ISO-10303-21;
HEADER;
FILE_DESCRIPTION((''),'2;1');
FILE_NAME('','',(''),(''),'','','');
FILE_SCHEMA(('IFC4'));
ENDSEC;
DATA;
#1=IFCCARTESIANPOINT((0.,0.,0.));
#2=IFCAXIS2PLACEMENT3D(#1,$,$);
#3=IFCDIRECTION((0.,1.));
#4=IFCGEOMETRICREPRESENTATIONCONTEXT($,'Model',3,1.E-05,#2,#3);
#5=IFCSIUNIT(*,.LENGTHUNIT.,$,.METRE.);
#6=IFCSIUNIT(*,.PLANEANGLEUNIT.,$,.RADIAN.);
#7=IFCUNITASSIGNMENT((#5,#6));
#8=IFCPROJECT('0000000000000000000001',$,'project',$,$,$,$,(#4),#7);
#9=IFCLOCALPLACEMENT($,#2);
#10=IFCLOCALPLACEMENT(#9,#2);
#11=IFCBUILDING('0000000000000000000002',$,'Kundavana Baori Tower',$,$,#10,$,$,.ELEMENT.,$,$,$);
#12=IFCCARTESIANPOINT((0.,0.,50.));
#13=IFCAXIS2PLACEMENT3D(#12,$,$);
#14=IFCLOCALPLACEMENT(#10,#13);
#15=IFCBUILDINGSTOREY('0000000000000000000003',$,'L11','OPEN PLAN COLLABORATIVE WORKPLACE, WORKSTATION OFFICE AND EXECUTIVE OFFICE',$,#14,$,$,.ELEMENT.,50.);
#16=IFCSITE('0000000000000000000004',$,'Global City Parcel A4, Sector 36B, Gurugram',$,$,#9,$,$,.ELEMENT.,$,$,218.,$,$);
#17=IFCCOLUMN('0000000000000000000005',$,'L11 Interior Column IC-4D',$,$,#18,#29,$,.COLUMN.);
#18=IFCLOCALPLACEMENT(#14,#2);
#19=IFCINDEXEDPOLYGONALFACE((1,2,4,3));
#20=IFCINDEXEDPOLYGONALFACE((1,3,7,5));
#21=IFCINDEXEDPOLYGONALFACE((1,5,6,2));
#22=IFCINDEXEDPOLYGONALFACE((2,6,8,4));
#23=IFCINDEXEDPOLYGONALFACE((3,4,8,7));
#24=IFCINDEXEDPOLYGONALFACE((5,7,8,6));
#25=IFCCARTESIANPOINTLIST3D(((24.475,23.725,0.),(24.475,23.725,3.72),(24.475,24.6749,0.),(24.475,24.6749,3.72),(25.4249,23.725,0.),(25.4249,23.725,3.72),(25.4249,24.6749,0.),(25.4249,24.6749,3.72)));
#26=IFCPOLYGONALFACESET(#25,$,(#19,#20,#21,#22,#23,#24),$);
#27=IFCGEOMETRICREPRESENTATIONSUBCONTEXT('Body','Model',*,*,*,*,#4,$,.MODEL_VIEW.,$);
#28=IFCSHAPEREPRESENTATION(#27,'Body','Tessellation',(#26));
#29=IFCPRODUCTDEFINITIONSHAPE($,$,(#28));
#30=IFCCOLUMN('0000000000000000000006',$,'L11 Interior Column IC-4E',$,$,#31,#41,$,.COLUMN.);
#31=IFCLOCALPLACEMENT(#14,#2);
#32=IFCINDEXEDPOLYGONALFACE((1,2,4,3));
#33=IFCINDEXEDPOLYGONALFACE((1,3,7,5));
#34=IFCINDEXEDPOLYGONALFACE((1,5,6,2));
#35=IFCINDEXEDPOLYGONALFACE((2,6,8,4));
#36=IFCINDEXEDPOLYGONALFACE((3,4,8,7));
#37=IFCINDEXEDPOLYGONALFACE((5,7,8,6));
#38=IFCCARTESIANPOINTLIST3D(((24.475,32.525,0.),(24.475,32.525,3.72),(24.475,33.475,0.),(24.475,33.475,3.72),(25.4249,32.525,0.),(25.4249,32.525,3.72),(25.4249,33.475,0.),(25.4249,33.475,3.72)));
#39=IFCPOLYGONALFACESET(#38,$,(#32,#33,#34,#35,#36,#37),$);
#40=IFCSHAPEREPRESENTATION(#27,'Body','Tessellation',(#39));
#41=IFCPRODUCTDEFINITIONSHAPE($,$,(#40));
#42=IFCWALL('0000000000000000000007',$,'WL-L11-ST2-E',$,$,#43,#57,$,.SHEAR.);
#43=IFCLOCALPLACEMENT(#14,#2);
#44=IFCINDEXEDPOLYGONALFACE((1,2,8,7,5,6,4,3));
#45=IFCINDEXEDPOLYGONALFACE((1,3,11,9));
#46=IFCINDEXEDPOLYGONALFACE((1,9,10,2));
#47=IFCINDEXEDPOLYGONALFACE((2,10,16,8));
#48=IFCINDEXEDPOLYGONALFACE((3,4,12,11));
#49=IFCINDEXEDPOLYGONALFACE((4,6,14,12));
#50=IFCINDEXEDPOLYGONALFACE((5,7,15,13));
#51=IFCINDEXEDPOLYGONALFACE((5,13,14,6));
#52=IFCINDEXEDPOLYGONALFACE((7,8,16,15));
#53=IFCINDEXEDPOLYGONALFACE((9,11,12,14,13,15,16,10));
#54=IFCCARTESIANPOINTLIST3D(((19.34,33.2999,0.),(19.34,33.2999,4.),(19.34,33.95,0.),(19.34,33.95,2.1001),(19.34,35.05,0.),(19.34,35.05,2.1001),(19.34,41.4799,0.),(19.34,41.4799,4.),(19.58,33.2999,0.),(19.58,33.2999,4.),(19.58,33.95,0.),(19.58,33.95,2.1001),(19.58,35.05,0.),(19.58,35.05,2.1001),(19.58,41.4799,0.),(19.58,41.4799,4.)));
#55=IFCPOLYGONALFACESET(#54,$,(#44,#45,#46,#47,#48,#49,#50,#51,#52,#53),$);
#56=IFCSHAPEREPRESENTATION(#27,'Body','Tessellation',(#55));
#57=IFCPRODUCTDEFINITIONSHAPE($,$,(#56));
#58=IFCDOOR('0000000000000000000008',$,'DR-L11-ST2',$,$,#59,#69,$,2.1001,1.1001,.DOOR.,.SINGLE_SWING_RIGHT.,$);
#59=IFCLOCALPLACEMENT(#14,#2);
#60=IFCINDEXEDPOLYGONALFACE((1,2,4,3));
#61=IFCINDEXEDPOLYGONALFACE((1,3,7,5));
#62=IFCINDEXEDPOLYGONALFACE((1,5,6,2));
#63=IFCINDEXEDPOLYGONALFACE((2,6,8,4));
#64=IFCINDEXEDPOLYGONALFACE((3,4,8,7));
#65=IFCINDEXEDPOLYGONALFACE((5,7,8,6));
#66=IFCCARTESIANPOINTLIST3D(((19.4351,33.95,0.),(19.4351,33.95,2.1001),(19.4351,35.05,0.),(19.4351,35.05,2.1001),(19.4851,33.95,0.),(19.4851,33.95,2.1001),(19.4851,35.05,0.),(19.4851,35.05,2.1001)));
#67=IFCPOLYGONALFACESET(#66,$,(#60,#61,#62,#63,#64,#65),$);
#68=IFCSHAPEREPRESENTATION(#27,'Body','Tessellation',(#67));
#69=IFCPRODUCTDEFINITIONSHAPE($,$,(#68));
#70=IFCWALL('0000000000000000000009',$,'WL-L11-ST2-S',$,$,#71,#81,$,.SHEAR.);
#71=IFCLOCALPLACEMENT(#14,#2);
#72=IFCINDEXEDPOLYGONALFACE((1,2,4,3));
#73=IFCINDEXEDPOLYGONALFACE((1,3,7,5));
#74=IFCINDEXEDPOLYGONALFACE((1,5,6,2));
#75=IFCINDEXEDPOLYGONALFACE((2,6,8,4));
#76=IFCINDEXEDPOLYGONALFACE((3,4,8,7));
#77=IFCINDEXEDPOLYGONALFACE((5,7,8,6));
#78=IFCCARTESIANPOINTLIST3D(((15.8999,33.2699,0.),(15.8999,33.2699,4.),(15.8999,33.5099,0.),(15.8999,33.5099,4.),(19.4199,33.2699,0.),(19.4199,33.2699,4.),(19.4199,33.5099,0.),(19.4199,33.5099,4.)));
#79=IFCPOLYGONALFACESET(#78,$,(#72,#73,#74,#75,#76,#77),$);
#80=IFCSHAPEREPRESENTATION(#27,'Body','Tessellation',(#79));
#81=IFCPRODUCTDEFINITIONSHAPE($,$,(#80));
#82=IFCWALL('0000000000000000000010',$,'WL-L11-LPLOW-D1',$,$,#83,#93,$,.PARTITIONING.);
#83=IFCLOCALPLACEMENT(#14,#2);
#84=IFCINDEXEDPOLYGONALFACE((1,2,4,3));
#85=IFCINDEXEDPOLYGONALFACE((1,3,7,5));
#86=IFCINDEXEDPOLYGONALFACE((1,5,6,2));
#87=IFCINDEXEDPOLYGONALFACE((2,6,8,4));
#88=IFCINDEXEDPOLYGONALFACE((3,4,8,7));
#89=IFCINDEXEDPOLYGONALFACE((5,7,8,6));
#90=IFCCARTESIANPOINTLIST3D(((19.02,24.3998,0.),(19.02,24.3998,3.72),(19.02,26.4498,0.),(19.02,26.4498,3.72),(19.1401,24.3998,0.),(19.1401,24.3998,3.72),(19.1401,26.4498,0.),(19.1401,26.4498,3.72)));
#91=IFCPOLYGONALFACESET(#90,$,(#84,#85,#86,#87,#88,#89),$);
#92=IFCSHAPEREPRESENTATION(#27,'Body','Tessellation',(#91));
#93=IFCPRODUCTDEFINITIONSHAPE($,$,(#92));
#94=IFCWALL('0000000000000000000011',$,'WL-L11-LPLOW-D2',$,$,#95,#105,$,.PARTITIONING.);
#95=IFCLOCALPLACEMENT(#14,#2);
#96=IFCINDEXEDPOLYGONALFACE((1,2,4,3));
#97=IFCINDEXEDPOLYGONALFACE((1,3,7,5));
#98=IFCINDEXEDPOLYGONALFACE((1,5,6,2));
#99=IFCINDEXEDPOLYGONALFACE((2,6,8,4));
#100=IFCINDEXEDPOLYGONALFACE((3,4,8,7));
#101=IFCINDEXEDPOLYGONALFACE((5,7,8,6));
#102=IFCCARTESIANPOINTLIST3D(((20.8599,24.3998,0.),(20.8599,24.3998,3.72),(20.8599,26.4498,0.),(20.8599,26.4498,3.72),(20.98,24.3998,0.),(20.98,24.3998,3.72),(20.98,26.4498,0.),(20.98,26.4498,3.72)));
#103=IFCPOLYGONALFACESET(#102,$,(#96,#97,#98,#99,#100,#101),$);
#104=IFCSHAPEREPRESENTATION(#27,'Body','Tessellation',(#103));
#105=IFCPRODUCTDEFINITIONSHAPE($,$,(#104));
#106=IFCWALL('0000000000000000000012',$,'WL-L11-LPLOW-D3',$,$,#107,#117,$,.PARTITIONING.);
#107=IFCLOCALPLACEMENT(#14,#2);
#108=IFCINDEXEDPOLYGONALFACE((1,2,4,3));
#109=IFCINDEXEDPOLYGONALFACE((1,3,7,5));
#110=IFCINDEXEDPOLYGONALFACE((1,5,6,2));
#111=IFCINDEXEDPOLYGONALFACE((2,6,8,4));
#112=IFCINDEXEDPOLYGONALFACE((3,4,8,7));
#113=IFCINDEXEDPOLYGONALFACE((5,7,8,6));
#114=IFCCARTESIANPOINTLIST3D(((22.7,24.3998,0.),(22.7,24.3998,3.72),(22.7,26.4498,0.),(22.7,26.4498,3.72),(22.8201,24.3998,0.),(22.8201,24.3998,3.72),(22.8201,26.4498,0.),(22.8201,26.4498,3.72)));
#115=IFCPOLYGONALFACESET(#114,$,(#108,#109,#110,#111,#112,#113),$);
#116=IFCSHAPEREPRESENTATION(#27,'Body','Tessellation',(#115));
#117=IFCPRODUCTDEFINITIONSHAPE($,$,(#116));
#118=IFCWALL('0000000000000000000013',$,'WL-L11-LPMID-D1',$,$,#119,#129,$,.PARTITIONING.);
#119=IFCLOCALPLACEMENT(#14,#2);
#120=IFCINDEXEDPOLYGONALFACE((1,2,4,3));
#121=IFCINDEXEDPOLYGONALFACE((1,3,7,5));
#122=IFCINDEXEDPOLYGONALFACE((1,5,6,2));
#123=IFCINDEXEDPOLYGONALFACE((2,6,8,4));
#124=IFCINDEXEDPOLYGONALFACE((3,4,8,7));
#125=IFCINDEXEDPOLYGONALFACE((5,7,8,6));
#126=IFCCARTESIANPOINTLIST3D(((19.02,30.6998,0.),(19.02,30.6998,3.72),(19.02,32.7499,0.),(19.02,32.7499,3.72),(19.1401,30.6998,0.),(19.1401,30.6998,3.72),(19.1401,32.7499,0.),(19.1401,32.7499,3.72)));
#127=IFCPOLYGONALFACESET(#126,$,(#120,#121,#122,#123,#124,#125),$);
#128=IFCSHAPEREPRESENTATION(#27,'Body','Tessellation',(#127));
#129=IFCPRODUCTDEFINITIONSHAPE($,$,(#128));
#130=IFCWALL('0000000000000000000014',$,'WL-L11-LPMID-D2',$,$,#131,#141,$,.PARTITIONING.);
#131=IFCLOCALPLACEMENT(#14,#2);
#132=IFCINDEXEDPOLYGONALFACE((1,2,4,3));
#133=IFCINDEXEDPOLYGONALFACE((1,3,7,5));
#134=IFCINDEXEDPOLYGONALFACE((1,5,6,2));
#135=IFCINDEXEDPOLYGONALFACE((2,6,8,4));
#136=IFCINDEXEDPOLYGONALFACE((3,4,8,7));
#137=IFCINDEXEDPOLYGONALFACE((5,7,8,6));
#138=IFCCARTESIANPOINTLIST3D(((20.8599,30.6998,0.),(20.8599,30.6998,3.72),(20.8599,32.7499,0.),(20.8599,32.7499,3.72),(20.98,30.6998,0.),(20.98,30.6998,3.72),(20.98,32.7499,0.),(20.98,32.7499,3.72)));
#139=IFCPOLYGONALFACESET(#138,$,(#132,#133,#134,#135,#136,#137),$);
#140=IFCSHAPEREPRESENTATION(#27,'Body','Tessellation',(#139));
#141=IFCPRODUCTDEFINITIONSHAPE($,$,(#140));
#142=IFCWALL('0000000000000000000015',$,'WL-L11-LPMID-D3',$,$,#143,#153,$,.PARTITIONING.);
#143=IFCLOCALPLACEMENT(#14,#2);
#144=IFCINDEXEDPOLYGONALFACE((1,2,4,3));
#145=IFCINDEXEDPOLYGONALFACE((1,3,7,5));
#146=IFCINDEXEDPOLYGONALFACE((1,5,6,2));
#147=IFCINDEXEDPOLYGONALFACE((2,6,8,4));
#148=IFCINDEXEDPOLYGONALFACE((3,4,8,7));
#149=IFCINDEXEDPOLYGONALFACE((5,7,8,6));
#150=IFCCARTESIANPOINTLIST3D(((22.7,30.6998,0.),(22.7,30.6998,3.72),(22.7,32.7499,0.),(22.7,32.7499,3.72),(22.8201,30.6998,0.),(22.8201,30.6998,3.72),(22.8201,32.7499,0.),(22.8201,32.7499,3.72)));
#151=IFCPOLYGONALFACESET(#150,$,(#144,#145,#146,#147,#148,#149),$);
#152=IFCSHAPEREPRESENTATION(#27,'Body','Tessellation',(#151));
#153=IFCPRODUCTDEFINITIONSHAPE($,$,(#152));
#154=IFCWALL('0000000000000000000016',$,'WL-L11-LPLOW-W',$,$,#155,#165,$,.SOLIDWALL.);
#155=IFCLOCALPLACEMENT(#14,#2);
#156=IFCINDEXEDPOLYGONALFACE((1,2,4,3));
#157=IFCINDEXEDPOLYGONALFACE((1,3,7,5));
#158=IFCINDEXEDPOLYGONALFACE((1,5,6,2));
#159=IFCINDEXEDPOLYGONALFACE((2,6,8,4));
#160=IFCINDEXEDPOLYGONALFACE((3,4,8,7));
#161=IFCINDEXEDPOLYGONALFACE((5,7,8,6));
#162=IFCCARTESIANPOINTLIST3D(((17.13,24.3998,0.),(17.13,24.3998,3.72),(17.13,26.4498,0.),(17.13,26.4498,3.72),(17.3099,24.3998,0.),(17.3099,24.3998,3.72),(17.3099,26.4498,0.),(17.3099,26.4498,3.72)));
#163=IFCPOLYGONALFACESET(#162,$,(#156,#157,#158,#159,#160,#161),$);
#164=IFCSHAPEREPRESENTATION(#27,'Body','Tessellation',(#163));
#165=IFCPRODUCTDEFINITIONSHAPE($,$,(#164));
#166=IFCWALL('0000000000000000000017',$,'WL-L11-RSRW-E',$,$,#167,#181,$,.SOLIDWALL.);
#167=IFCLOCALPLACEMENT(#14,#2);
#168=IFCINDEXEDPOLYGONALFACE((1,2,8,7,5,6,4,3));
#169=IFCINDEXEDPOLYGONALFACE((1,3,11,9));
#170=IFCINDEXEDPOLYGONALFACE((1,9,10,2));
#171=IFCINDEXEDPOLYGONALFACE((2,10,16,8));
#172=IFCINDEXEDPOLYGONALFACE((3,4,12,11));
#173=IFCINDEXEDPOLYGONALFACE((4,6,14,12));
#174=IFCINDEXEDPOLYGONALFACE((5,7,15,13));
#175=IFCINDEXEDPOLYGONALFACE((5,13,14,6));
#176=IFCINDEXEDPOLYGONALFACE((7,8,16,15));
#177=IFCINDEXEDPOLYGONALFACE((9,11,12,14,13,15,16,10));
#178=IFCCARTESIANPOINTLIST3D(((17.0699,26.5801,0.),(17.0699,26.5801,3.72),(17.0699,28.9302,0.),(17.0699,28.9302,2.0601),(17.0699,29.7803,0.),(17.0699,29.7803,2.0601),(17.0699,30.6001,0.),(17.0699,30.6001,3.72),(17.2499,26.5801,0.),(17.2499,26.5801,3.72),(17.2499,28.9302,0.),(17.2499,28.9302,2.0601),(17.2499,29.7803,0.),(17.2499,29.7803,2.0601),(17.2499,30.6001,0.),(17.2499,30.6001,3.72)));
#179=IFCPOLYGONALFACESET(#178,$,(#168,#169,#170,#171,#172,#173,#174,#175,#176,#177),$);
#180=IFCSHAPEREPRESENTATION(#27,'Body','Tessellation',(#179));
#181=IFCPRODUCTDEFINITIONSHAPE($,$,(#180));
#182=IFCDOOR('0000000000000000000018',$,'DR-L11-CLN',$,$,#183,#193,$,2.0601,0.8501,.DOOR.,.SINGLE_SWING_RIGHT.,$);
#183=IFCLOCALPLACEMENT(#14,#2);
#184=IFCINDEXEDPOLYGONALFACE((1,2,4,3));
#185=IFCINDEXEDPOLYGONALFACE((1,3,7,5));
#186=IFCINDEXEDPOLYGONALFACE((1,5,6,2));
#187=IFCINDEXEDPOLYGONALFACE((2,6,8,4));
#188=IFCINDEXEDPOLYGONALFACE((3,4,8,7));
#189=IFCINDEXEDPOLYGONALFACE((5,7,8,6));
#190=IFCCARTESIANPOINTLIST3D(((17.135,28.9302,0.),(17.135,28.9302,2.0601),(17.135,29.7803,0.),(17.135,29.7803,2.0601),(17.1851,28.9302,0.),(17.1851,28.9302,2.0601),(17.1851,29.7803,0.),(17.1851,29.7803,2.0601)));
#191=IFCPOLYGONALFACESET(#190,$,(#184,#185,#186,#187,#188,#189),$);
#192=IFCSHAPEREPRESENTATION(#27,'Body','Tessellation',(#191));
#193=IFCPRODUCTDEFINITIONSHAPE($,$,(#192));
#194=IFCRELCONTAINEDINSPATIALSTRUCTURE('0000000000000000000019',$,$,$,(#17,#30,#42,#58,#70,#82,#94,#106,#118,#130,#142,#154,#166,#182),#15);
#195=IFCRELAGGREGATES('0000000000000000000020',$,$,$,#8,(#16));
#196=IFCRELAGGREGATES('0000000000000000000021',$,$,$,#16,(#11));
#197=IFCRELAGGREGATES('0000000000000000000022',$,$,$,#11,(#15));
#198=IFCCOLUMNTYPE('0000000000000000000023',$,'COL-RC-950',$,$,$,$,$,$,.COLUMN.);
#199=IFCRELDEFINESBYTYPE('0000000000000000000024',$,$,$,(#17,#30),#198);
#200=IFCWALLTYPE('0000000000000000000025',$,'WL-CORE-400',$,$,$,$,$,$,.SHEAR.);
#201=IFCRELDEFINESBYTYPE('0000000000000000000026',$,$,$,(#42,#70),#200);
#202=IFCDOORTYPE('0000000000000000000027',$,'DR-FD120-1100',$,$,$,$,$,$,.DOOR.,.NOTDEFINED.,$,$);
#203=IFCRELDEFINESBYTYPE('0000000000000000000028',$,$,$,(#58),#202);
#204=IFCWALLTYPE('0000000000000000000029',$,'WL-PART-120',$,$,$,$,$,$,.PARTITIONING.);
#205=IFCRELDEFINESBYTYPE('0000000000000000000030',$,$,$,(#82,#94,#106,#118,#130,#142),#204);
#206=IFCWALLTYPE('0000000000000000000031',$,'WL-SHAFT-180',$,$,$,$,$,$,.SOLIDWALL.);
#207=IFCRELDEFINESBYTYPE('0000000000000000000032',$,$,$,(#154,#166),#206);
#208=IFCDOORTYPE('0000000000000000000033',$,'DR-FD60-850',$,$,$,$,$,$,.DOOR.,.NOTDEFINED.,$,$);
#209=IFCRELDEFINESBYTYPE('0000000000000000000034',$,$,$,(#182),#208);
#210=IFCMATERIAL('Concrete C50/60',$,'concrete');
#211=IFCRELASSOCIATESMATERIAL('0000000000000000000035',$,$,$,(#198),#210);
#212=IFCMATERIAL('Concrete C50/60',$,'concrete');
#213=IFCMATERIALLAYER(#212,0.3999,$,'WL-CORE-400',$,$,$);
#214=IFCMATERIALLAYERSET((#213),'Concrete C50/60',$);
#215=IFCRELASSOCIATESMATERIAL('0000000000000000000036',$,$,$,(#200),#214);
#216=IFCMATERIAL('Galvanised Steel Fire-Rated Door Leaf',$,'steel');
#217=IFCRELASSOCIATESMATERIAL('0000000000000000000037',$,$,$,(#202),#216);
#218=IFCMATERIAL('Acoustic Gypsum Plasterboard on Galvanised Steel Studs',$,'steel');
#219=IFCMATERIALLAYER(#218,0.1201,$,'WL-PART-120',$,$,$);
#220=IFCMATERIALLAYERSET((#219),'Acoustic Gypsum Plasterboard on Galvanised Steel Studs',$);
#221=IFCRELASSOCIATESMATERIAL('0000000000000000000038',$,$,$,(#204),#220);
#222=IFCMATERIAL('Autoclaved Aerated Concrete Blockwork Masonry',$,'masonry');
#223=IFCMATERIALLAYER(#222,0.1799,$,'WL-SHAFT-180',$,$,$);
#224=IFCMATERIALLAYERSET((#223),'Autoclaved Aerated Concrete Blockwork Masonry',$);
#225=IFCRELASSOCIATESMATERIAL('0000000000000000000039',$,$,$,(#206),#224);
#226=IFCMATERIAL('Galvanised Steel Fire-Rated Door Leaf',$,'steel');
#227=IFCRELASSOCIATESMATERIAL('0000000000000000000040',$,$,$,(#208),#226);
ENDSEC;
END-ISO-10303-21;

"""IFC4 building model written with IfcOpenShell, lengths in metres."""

from ifc_helpers import new_model, si_unit, direction, frame, frame_2d, origin, origin_2d, place, context, subcontext, project, spatial, rectangle, extrude, material, layer, layer_set, material_profile, profile_set, type_object, element, fill, save


model = new_model("IFC4")

# Units and contexts
model_context = context("Model", 3, precision=1e-05, world=origin(), true_north=direction((0.0, 1.0)))
body_context = subcontext(model_context, "Body", "Model", "MODEL_VIEW")
ifc_project = project(units=[si_unit("LENGTHUNIT", "METRE"), si_unit("PLANEANGLEUNIT", "RADIAN")], contexts=[model_context])

# Site, building, storey
site_placement = place(None, origin())
site = spatial("IfcSite", under=ifc_project, at=site_placement, Name="Global City Parcel A4, Sector 36B, Gurugram", CompositionType="ELEMENT", RefElevation=218.0)
building_placement = place(site_placement, origin())
building = spatial("IfcBuilding", under=site, at=building_placement, Name="Kundavana Baori Tower", CompositionType="ELEMENT")
storey_placement = place(building_placement, frame((0.0, 0.0, 50.0)))
storey = spatial("IfcBuildingStorey", under=building, at=storey_placement, Name="L11", Description="OPEN PLAN COLLABORATIVE WORKPLACE, WORKSTATION OFFICE AND EXECUTIVE OFFICE", CompositionType="ELEMENT", Elevation=50.0)

# Columns
ifc_material_1 = material(Name="Concrete C50/60", Category="concrete")
ifc_material_profile = material_profile(ifc_material_1, rectangle(XDim=0.95, YDim=0.95, at=origin_2d()), Name="RC 950x950")
ifc_profile_set = profile_set([ifc_material_profile], Name="Concrete C50/60")
column_type = type_object("IfcColumnType", Name="COL-RC-950", PredefinedType="COLUMN", material=ifc_profile_set)
for number, where, z_axis, x_axis, name in (
    (1, (24.95, 24.2, 0.0), (0.0, 0.0, 1.0), (1.0, 0.0, 0.0), "L11 Interior Column IC-4D"),
    (2, (24.95, 33.0, 0.0), (0.0, 0.0, 1.0), (1.0, 0.0, 0.0), "L11 Interior Column IC-4E"),
):
    element("IfcColumn", number, at=place(storey_placement, frame(where, z_axis=z_axis, x_axis=x_axis)), inside=storey, type_object=column_type, Name=name, PredefinedType="COLUMN", context=body_context, shape_type="SweptSolid", body=[
        extrude(rectangle(XDim=0.95, YDim=0.95, at=origin_2d()), origin(), (0.0, 0.0, 1.0), 3.72),
    ])

# Wall, opening, door
ifc_material_2 = material(Name="Concrete C50/60", Category="concrete")
ifc_layer_1 = layer(ifc_material_2, 0.3999, Name="WL-CORE-400")
ifc_layer_set_1 = layer_set([ifc_layer_1], Name="Concrete C50/60")
wall_type_1 = type_object("IfcWallType", Name="WL-CORE-400", PredefinedType="SHEAR", material=ifc_layer_set_1)
wall_1_placement = place(storey_placement, frame((19.46, 33.3, 0.0), z_axis=(0.0, 0.0, 1.0), x_axis=(0.0, 1.0, 0.0)))
wall_1 = element("IfcWall", 3, at=wall_1_placement, inside=storey, type_object=wall_type_1, Name="WL-L11-ST2-E", PredefinedType="SHEAR", context=body_context, shape_type="SweptSolid", body=[
    extrude(rectangle(XDim=8.1799, YDim=0.24, at=frame_2d((4.0898, 0.0))), origin(), (0.0, 0.0, 1.0), 4.0),
])
opening_1_placement = place(wall_1_placement, frame((0.6499, 0.0, 0.0)))
opening_1 = element("IfcOpeningElement", 4, at=opening_1_placement, cuts=wall_1, PredefinedType="OPENING", context=body_context, shape_type="SweptSolid", body=[
    extrude(rectangle(XDim=1.1001, YDim=2.1001, at=frame_2d((0.55, 1.05))), frame((0.0, 0.1299, 0.0), z_axis=(0.0, -1.0, 0.0), x_axis=(1.0, 0.0, 0.0)), (0.0, 0.0, 1.0), 0.26),
])
ifc_material_3 = material(Name="Galvanised Steel Fire-Rated Door Leaf", Category="steel")
door_type_1 = type_object("IfcDoorType", Name="DR-FD120-1100", OperationType="NOTDEFINED", PredefinedType="DOOR", material=ifc_material_3)
door_1_placement = place(opening_1_placement, origin())
door_1 = element("IfcDoor", 5, at=door_1_placement, inside=storey, type_object=door_type_1, Name="DR-L11-ST2", OperationType="SINGLE_SWING_RIGHT", OverallHeight=2.1001, OverallWidth=1.1001, PredefinedType="DOOR", context=body_context, shape_type="SweptSolid", body=[
    extrude(rectangle(XDim=1.1001, YDim=2.1001, at=frame_2d((0.55, 1.05))), frame((0.0, 0.0249, 0.0), z_axis=(0.0, -1.0, 0.0), x_axis=(1.0, 0.0, 0.0)), (0.0, 0.0, 1.0), 0.05),
])
fill(opening_1, door_1)

# Walls
wall_2_placement = place(storey_placement, frame((15.8999, 33.3899, 0.0), z_axis=(0.0, 0.0, 1.0), x_axis=(1.0, 0.0, 0.0)))
element("IfcWall", 6, at=wall_2_placement, inside=storey, type_object=wall_type_1, Name="WL-L11-ST2-S", PredefinedType="SHEAR", context=body_context, shape_type="SweptSolid", body=[
    extrude(rectangle(XDim=3.52, YDim=0.24, at=frame_2d((1.76, 0.0))), origin(), (0.0, 0.0, 1.0), 4.0),
])
ifc_material_4 = material(Name="Acoustic Gypsum Plasterboard on Galvanised Steel Studs", Category="steel")
ifc_layer_2 = layer(ifc_material_4, 0.1201, Name="WL-PART-120")
ifc_layer_set_2 = layer_set([ifc_layer_2], Name="Acoustic Gypsum Plasterboard on Galvanised Steel Studs")
wall_type_2 = type_object("IfcWallType", Name="WL-PART-120", PredefinedType="PARTITIONING", material=ifc_layer_set_2)
for number, where, z_axis, x_axis, name in (
    (7, (19.0801, 24.3999, 0.0), (0.0, 0.0, 1.0), (0.0, 1.0, 0.0), "WL-L11-LPLOW-D1"),
    (8, (20.9199, 24.3999, 0.0), (0.0, 0.0, 1.0), (0.0, 1.0, 0.0), "WL-L11-LPLOW-D2"),
    (9, (22.76, 24.3999, 0.0), (0.0, 0.0, 1.0), (0.0, 1.0, 0.0), "WL-L11-LPLOW-D3"),
    (10, (19.0801, 30.7, 0.0), (0.0, 0.0, 1.0), (0.0, 1.0, 0.0), "WL-L11-LPMID-D1"),
    (11, (20.9199, 30.7, 0.0), (0.0, 0.0, 1.0), (0.0, 1.0, 0.0), "WL-L11-LPMID-D2"),
    (12, (22.76, 30.7, 0.0), (0.0, 0.0, 1.0), (0.0, 1.0, 0.0), "WL-L11-LPMID-D3"),
):
    element("IfcWall", number, at=place(storey_placement, frame(where, z_axis=z_axis, x_axis=x_axis)), inside=storey, type_object=wall_type_2, Name=name, PredefinedType="PARTITIONING", context=body_context, shape_type="SweptSolid", body=[
        extrude(rectangle(XDim=2.05, YDim=0.1201, at=frame_2d((1.0249, 0.0))), origin(), (0.0, 0.0, 1.0), 3.72),
    ])
ifc_material_5 = material(Name="Autoclaved Aerated Concrete Blockwork Masonry", Category="masonry")
ifc_layer_3 = layer(ifc_material_5, 0.1799, Name="WL-SHAFT-180")
ifc_layer_set_3 = layer_set([ifc_layer_3], Name="Autoclaved Aerated Concrete Blockwork Masonry")
wall_type_3 = type_object("IfcWallType", Name="WL-SHAFT-180", PredefinedType="SOLIDWALL", material=ifc_layer_set_3)
wall_3_placement = place(storey_placement, frame((17.22, 24.3999, 0.0), z_axis=(0.0, 0.0, 1.0), x_axis=(0.0, 1.0, 0.0)))
element("IfcWall", 13, at=wall_3_placement, inside=storey, type_object=wall_type_3, Name="WL-L11-LPLOW-W", PredefinedType="SOLIDWALL", context=body_context, shape_type="SweptSolid", body=[
    extrude(rectangle(XDim=2.05, YDim=0.1799, at=frame_2d((1.0249, 0.0))), origin(), (0.0, 0.0, 1.0), 3.72),
])

# Wall, opening, door
wall_4_placement = place(storey_placement, frame((17.1599, 26.5801, 0.0), z_axis=(0.0, 0.0, 1.0), x_axis=(0.0, 1.0, 0.0)))
wall_4 = element("IfcWall", 14, at=wall_4_placement, inside=storey, type_object=wall_type_3, Name="WL-L11-RSRW-E", PredefinedType="SOLIDWALL", context=body_context, shape_type="SweptSolid", body=[
    extrude(rectangle(XDim=4.02, YDim=0.1799, at=frame_2d((2.01, 0.0))), origin(), (0.0, 0.0, 1.0), 3.72),
])
opening_2_placement = place(wall_4_placement, frame((2.3501, 0.0, 0.0)))
opening_2 = element("IfcOpeningElement", 15, at=opening_2_placement, cuts=wall_4, PredefinedType="OPENING", context=body_context, shape_type="SweptSolid", body=[
    extrude(rectangle(XDim=0.8501, YDim=2.0601, at=frame_2d((0.425, 1.03))), frame((0.0, 0.1001, 0.0), z_axis=(0.0, -1.0, 0.0), x_axis=(1.0, 0.0, 0.0)), (0.0, 0.0, 1.0), 0.2),
])
ifc_material_6 = material(Name="Galvanised Steel Fire-Rated Door Leaf", Category="steel")
door_type_2 = type_object("IfcDoorType", Name="DR-FD60-850", OperationType="NOTDEFINED", PredefinedType="DOOR", material=ifc_material_6)
door_2_placement = place(opening_2_placement, origin())
door_2 = element("IfcDoor", 16, at=door_2_placement, inside=storey, type_object=door_type_2, Name="DR-L11-CLN", OperationType="SINGLE_SWING_RIGHT", OverallHeight=2.0601, OverallWidth=0.8501, PredefinedType="DOOR", context=body_context, shape_type="SweptSolid", body=[
    extrude(rectangle(XDim=0.8501, YDim=2.0601, at=frame_2d((0.425, 1.03))), frame((0.0, 0.0249, 0.0), z_axis=(0.0, -1.0, 0.0), x_axis=(1.0, 0.0, 0.0)), (0.0, 0.0, 1.0), 0.05),
])
fill(opening_2, door_2)

save(model, "model.ifc")
